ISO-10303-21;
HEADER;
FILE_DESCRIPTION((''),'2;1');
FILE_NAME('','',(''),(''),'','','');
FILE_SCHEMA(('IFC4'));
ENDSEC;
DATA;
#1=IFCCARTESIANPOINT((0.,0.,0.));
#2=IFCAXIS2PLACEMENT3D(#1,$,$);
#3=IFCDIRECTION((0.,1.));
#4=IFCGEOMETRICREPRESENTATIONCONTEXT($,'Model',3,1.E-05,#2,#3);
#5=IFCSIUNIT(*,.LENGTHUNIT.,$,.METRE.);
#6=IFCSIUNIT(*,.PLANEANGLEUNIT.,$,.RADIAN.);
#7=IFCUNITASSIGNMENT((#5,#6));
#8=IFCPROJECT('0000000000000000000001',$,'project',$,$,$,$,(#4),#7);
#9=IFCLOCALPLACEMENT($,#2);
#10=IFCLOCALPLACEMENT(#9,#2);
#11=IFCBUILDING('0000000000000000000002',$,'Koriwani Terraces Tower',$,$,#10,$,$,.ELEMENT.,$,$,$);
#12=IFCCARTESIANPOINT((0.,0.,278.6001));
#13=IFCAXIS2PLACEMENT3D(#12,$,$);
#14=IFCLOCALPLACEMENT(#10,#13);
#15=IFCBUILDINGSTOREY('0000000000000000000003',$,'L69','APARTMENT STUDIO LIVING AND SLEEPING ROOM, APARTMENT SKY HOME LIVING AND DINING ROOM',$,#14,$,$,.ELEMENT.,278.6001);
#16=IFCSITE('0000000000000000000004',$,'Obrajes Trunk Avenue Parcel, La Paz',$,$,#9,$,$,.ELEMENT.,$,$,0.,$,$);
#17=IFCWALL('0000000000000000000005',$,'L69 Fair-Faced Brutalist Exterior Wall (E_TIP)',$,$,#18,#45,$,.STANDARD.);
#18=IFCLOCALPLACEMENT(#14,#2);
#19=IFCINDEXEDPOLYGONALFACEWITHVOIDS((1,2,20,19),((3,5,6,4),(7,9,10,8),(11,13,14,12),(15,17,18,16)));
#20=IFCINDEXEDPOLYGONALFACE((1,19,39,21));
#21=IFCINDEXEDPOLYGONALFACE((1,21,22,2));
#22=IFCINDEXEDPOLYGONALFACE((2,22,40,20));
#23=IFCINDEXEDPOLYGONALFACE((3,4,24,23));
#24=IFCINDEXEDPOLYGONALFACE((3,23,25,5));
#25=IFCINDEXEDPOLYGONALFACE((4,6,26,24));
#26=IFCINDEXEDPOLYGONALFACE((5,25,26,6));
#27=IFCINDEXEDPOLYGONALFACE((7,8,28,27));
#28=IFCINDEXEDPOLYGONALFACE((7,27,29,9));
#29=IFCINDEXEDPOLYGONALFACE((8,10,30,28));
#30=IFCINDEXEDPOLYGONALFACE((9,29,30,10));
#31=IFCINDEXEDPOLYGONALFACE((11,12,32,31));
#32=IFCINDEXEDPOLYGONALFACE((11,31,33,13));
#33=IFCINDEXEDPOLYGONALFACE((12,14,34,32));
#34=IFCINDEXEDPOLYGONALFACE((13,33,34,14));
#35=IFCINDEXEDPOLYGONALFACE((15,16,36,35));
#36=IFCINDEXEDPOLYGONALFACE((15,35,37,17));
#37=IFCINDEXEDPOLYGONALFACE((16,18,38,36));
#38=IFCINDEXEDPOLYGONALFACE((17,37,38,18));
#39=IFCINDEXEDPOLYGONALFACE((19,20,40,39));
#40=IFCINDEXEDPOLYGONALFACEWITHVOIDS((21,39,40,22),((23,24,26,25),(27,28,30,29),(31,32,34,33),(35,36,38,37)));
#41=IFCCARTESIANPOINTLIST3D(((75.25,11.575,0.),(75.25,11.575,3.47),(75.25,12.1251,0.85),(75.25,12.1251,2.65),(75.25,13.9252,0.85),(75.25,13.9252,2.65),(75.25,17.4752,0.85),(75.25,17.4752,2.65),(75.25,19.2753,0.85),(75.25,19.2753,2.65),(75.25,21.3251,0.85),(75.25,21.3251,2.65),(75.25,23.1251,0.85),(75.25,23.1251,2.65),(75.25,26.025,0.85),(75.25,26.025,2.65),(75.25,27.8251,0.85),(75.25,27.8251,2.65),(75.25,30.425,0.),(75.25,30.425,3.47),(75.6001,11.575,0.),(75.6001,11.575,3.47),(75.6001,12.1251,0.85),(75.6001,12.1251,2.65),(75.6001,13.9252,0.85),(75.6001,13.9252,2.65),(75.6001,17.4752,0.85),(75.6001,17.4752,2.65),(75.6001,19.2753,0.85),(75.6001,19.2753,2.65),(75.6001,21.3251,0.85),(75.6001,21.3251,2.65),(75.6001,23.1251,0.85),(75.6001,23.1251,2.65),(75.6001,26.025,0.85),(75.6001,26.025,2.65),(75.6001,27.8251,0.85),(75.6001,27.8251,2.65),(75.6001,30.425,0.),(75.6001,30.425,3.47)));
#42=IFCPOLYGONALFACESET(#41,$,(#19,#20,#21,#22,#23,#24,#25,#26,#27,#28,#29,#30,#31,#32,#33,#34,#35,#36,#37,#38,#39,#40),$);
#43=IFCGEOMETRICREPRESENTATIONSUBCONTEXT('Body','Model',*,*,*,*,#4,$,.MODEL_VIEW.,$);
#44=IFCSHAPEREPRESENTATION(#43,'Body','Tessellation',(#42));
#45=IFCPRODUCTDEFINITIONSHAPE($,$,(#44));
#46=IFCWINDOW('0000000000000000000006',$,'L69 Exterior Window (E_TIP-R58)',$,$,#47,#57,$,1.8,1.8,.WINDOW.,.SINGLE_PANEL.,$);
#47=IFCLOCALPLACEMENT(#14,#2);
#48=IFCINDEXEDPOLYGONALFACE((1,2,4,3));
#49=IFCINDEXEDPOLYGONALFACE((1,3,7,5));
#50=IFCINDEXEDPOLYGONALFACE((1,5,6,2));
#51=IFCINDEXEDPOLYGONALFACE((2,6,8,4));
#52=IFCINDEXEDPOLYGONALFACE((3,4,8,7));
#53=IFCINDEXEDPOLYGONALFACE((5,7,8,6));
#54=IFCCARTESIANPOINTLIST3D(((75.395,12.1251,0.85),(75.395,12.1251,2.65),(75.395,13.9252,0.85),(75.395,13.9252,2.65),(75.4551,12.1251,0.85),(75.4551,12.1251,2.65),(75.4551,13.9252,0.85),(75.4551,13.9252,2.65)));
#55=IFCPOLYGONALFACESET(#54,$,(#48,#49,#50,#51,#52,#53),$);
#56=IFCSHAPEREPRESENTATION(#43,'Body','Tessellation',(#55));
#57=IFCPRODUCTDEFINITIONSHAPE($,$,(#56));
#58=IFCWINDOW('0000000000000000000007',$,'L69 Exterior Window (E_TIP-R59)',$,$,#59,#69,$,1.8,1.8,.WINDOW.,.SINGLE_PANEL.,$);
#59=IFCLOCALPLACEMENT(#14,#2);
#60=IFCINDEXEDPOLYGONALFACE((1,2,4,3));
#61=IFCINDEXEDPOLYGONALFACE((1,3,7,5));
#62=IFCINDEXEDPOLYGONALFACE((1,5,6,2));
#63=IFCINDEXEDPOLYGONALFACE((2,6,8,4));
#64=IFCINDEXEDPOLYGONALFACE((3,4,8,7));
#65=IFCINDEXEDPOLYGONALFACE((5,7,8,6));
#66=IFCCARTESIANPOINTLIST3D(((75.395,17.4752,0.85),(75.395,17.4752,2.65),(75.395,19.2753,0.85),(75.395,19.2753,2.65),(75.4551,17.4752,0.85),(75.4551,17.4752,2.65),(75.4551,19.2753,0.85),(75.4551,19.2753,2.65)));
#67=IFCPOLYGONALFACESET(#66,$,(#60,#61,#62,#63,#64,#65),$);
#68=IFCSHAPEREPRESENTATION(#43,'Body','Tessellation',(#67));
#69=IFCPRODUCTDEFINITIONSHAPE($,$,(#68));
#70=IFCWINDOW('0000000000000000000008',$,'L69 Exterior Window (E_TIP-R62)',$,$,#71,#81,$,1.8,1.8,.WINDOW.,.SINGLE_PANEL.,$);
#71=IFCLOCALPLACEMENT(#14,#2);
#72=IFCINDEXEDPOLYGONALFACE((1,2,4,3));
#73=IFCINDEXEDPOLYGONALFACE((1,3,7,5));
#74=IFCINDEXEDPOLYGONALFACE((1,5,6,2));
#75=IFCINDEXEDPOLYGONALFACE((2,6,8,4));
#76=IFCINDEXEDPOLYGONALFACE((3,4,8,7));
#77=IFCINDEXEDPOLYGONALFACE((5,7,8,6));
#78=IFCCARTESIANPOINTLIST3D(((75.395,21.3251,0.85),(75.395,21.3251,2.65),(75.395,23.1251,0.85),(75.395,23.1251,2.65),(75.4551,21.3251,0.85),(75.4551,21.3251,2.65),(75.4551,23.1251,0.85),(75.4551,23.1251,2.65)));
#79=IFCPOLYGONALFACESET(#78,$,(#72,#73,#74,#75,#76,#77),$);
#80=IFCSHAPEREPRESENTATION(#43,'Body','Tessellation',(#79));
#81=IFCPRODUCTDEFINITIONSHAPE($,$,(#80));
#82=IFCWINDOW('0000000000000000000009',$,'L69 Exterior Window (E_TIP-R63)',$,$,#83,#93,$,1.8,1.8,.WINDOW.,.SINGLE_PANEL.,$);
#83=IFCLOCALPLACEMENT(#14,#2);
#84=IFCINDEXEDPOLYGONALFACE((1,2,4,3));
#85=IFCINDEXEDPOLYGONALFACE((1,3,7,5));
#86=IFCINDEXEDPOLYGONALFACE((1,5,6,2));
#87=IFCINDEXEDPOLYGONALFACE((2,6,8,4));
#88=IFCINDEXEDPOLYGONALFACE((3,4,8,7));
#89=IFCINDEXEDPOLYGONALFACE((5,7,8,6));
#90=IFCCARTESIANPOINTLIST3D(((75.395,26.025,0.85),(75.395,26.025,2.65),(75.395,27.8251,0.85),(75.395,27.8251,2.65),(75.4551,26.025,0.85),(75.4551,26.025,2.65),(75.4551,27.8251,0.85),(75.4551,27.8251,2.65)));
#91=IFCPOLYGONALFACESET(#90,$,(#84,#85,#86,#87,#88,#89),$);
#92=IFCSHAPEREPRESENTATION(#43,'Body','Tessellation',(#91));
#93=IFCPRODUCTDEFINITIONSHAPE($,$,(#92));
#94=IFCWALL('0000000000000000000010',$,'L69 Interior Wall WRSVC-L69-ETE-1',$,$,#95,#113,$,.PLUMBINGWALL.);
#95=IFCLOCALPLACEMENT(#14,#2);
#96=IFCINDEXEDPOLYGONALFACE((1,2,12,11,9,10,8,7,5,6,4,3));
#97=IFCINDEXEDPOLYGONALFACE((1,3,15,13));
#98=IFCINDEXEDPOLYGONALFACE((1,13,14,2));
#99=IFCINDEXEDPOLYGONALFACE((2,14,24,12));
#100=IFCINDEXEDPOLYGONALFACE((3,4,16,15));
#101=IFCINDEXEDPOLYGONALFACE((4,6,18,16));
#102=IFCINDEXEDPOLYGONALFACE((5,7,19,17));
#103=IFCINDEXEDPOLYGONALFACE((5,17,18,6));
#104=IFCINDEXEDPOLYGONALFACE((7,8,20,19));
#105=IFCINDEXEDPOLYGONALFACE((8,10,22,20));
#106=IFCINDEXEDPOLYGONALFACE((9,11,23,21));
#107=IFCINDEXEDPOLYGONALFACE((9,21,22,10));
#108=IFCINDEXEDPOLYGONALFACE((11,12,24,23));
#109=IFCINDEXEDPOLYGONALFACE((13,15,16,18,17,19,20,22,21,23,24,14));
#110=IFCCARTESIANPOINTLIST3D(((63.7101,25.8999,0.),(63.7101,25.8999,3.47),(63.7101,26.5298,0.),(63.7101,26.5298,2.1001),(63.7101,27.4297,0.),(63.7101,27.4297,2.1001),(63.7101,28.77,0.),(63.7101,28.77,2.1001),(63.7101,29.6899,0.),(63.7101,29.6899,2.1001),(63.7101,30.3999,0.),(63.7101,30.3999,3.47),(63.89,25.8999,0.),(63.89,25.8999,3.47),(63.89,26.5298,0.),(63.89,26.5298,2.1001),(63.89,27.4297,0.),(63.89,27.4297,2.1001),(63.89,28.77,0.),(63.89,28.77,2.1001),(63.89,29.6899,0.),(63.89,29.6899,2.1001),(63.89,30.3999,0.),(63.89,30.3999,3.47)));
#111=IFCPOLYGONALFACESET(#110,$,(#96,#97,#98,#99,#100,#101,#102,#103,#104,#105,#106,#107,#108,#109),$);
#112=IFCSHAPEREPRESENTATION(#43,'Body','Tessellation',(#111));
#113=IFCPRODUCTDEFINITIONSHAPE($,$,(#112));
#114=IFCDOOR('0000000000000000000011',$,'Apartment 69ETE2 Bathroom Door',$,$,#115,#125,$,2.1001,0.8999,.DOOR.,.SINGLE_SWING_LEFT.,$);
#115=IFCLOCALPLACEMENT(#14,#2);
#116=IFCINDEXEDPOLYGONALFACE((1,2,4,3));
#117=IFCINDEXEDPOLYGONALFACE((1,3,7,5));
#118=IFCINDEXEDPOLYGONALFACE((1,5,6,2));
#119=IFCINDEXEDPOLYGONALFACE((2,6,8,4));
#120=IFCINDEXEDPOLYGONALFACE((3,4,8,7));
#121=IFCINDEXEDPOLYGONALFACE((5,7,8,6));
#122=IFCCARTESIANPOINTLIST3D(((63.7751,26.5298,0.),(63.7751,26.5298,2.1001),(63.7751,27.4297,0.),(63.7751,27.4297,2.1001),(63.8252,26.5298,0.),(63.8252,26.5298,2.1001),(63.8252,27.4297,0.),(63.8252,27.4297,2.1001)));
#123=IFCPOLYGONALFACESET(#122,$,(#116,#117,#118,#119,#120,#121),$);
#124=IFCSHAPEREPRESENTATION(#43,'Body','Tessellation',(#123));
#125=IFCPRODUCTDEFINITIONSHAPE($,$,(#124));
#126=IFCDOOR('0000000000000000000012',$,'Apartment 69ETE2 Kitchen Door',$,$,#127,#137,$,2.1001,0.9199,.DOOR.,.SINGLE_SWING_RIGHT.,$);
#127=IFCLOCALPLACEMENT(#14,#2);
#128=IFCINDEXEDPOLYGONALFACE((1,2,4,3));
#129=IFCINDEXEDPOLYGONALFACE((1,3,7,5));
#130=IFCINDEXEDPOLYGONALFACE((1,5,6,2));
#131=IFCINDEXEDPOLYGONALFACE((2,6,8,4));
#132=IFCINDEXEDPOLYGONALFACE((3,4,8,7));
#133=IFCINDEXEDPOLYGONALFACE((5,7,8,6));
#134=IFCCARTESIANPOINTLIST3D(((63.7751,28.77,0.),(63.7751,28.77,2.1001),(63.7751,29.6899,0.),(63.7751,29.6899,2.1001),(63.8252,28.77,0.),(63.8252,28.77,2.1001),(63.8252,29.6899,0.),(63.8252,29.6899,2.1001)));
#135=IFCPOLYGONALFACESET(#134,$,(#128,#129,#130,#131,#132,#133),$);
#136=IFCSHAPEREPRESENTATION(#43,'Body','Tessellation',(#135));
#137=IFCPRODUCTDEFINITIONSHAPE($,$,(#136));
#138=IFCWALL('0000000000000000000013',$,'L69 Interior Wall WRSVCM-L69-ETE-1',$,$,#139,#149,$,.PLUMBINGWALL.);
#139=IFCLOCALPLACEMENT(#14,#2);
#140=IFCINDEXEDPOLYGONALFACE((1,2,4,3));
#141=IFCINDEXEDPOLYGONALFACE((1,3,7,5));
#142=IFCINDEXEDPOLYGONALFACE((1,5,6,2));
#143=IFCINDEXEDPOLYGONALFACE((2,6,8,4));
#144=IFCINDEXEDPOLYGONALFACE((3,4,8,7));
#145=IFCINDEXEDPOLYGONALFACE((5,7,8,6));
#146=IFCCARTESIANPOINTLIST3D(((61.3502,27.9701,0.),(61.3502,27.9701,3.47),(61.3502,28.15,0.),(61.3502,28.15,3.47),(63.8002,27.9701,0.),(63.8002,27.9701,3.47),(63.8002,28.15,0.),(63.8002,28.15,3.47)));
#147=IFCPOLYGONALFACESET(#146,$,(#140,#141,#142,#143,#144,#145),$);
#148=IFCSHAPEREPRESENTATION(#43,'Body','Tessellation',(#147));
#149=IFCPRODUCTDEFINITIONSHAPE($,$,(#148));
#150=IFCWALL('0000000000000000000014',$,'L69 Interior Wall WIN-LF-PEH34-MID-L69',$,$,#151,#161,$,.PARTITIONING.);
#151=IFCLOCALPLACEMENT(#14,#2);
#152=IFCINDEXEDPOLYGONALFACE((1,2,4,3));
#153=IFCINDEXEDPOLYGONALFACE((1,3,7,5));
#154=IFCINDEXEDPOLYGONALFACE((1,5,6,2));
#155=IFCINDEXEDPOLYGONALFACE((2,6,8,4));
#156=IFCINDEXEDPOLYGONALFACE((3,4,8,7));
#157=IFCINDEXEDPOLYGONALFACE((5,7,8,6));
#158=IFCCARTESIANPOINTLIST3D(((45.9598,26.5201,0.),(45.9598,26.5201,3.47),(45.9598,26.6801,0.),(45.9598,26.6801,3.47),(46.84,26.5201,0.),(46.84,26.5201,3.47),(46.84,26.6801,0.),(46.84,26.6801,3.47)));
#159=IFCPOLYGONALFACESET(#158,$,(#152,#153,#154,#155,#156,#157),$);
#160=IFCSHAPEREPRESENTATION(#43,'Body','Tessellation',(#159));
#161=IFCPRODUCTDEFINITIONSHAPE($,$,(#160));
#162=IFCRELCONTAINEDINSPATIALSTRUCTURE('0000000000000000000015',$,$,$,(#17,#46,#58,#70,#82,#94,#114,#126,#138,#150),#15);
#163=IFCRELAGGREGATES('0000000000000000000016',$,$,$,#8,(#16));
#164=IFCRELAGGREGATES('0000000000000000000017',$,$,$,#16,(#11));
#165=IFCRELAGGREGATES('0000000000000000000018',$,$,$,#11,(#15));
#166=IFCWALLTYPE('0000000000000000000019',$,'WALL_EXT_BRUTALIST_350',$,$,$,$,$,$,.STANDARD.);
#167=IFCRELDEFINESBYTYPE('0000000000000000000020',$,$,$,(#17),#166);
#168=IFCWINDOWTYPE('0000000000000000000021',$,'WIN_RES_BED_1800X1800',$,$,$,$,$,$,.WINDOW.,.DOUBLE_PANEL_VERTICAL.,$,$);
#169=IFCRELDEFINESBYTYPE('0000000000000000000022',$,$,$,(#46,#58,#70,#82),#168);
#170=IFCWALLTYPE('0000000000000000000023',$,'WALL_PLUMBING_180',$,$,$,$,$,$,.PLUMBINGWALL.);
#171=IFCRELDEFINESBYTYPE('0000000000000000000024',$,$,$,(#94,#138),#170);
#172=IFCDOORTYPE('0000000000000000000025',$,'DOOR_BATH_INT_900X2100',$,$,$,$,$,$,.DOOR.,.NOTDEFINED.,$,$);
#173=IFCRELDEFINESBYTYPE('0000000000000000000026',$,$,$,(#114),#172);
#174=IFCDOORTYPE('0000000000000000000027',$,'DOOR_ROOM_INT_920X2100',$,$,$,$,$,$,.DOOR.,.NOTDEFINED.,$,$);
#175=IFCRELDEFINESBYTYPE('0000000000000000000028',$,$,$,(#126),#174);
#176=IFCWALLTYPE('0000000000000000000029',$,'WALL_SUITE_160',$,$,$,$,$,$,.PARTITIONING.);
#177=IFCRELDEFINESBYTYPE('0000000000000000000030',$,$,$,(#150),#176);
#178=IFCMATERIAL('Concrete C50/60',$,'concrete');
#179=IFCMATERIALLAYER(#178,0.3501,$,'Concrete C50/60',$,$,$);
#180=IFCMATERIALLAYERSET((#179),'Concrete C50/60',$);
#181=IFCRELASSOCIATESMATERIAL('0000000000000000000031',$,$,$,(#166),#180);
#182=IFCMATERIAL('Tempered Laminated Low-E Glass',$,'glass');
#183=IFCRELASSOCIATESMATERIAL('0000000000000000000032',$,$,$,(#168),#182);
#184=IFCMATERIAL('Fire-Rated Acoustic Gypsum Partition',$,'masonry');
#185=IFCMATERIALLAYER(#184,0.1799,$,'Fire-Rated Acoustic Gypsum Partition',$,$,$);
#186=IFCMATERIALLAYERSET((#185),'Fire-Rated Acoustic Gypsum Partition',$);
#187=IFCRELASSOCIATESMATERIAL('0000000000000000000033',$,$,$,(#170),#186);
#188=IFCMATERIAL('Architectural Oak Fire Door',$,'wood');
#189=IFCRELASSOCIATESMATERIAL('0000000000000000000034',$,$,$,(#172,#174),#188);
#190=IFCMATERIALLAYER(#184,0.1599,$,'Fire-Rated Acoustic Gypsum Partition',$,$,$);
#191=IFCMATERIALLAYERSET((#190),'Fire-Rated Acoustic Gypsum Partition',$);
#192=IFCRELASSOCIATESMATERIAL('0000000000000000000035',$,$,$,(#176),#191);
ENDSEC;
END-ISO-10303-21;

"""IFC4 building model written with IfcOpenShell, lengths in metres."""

from ifc_helpers import new_model, si_unit, direction, frame, frame_2d, origin, place, context, subcontext, project, spatial, rectangle, extrude, material, layer, layer_set, type_object, element, fill, save


model = new_model("IFC4")

# Units and contexts
model_context = context("Model", 3, precision=1e-05, world=origin(), true_north=direction((0.0, 1.0)))
body_context = subcontext(model_context, "Body", "Model", "MODEL_VIEW")
ifc_project = project(units=[si_unit("LENGTHUNIT", "METRE"), si_unit("PLANEANGLEUNIT", "RADIAN")], contexts=[model_context])

# Site, building, storey
site_placement = place(None, origin())
site = spatial("IfcSite", under=ifc_project, at=site_placement, Name="Obrajes Trunk Avenue Parcel, La Paz", CompositionType="ELEMENT", RefElevation=0.0)
building_placement = place(site_placement, origin())
building = spatial("IfcBuilding", under=site, at=building_placement, Name="Koriwani Terraces Tower", CompositionType="ELEMENT")
storey_placement = place(building_placement, frame((0.0, 0.0, 278.6001)))
storey = spatial("IfcBuildingStorey", under=building, at=storey_placement, Name="L69", Description="APARTMENT STUDIO LIVING AND SLEEPING ROOM, APARTMENT SKY HOME LIVING AND DINING ROOM", CompositionType="ELEMENT", Elevation=278.6001)

# Shared definitions
ifc_material_1 = material(Name="Concrete C50/60", Category="concrete")

# Shared definitions
ifc_layer_1 = layer(ifc_material_1, 0.3501, Name="Concrete C50/60")
ifc_layer_set_1 = layer_set([ifc_layer_1], Name="Concrete C50/60")
wall_type_1 = type_object("IfcWallType", Name="WALL_EXT_BRUTALIST_350", PredefinedType="STANDARD", material=ifc_layer_set_1)

# Shared definitions
ifc_material_2 = material(Name="Tempered Laminated Low-E Glass", Category="glass")
window_type = type_object("IfcWindowType", Name="WIN_RES_BED_1800X1800", PartitioningType="DOUBLE_PANEL_VERTICAL", PredefinedType="WINDOW", material=ifc_material_2)

# Wall, openings, windows
wall_1_placement = place(storey_placement, frame((75.425, 30.425, 0.0), z_axis=(0.0, 0.0, 1.0), x_axis=(0.0, -1.0, 0.0)))
wall_1 = element("IfcWall", 1, at=wall_1_placement, inside=storey, type_object=wall_type_1, Name="L69 Fair-Faced Brutalist Exterior Wall (E_TIP)", PredefinedType="STANDARD", context=body_context, shape_type="SweptSolid", body=[
    extrude(rectangle(XDim=18.8501, YDim=0.3501, at=frame_2d((9.425, 0.0))), origin(), (0.0, 0.0, 1.0), 3.47),
])
opening_1_placement = place(wall_1_placement, frame((16.5, 0.0, 0.8501)))
opening_1 = element("IfcOpeningElement", 2, at=opening_1_placement, cuts=wall_1, PredefinedType="OPENING", context=body_context, shape_type="SweptSolid", body=[
    extrude(rectangle(XDim=1.8, YDim=1.8, at=frame_2d((0.8999, 0.8999))), frame((0.0, 0.1851, 0.0), z_axis=(0.0, -1.0, 0.0), x_axis=(1.0, 0.0, 0.0)), (0.0, 0.0, 1.0), 0.3701),
])
opening_2_placement = place(wall_1_placement, frame((11.1499, 0.0, 0.8501)))
opening_2 = element("IfcOpeningElement", 3, at=opening_2_placement, cuts=wall_1, PredefinedType="OPENING", context=body_context, shape_type="SweptSolid", body=[
    extrude(rectangle(XDim=1.8, YDim=1.8, at=frame_2d((0.8999, 0.8999))), frame((0.0, 0.1851, 0.0), z_axis=(0.0, -1.0, 0.0), x_axis=(1.0, 0.0, 0.0)), (0.0, 0.0, 1.0), 0.3701),
])
opening_3_placement = place(wall_1_placement, frame((7.3, 0.0, 0.8501)))
opening_3 = element("IfcOpeningElement", 4, at=opening_3_placement, cuts=wall_1, PredefinedType="OPENING", context=body_context, shape_type="SweptSolid", body=[
    extrude(rectangle(XDim=1.8, YDim=1.8, at=frame_2d((0.8999, 0.8999))), frame((0.0, 0.1851, 0.0), z_axis=(0.0, -1.0, 0.0), x_axis=(1.0, 0.0, 0.0)), (0.0, 0.0, 1.0), 0.3701),
])
opening_4_placement = place(wall_1_placement, frame((2.6001, 0.0, 0.8501)))
opening_4 = element("IfcOpeningElement", 5, at=opening_4_placement, cuts=wall_1, PredefinedType="OPENING", context=body_context, shape_type="SweptSolid", body=[
    extrude(rectangle(XDim=1.8, YDim=1.8, at=frame_2d((0.8999, 0.8999))), frame((0.0, 0.1851, 0.0), z_axis=(0.0, -1.0, 0.0), x_axis=(1.0, 0.0, 0.0)), (0.0, 0.0, 1.0), 0.3701),
])
window_1_placement = place(opening_1_placement, origin())
window_1 = element("IfcWindow", 6, at=window_1_placement, inside=storey, type_object=window_type, Name="L69 Exterior Window (E_TIP-R58)", OverallHeight=1.8, OverallWidth=1.8, PartitioningType="SINGLE_PANEL", PredefinedType="WINDOW", context=body_context, shape_type="SweptSolid", body=[
    extrude(rectangle(XDim=1.8, YDim=1.8, at=frame_2d((0.8999, 0.8999))), frame((0.0, 0.03, 0.0), z_axis=(0.0, -1.0, 0.0), x_axis=(1.0, 0.0, 0.0)), (0.0, 0.0, 1.0), 0.0601),
])
fill(opening_1, window_1)
window_2_placement = place(opening_2_placement, origin())
window_2 = element("IfcWindow", 7, at=window_2_placement, inside=storey, type_object=window_type, Name="L69 Exterior Window (E_TIP-R59)", OverallHeight=1.8, OverallWidth=1.8, PartitioningType="SINGLE_PANEL", PredefinedType="WINDOW", context=body_context, shape_type="SweptSolid", body=[
    extrude(rectangle(XDim=1.8, YDim=1.8, at=frame_2d((0.8999, 0.8999))), frame((0.0, 0.03, 0.0), z_axis=(0.0, -1.0, 0.0), x_axis=(1.0, 0.0, 0.0)), (0.0, 0.0, 1.0), 0.0601),
])
fill(opening_2, window_2)
window_3_placement = place(opening_3_placement, origin())
window_3 = element("IfcWindow", 8, at=window_3_placement, inside=storey, type_object=window_type, Name="L69 Exterior Window (E_TIP-R62)", OverallHeight=1.8, OverallWidth=1.8, PartitioningType="SINGLE_PANEL", PredefinedType="WINDOW", context=body_context, shape_type="SweptSolid", body=[
    extrude(rectangle(XDim=1.8, YDim=1.8, at=frame_2d((0.8999, 0.8999))), frame((0.0, 0.03, 0.0), z_axis=(0.0, -1.0, 0.0), x_axis=(1.0, 0.0, 0.0)), (0.0, 0.0, 1.0), 0.0601),
])
fill(opening_3, window_3)
window_4_placement = place(opening_4_placement, origin())
window_4 = element("IfcWindow", 9, at=window_4_placement, inside=storey, type_object=window_type, Name="L69 Exterior Window (E_TIP-R63)", OverallHeight=1.8, OverallWidth=1.8, PartitioningType="SINGLE_PANEL", PredefinedType="WINDOW", context=body_context, shape_type="SweptSolid", body=[
    extrude(rectangle(XDim=1.8, YDim=1.8, at=frame_2d((0.8999, 0.8999))), frame((0.0, 0.03, 0.0), z_axis=(0.0, -1.0, 0.0), x_axis=(1.0, 0.0, 0.0)), (0.0, 0.0, 1.0), 0.0601),
])
fill(opening_4, window_4)

# Wall, openings, doors
ifc_material_3 = material(Name="Fire-Rated Acoustic Gypsum Partition", Category="masonry")
ifc_layer_2 = layer(ifc_material_3, 0.1799, Name="Fire-Rated Acoustic Gypsum Partition")
ifc_layer_set_2 = layer_set([ifc_layer_2], Name="Fire-Rated Acoustic Gypsum Partition")
wall_type_2 = type_object("IfcWallType", Name="WALL_PLUMBING_180", PredefinedType="PLUMBINGWALL", material=ifc_layer_set_2)
wall_2_placement = place(storey_placement, frame((63.8, 25.8999, 0.0), z_axis=(0.0, 0.0, 1.0), x_axis=(0.0, 1.0, 0.0)))
wall_2 = element("IfcWall", 10, at=wall_2_placement, inside=storey, type_object=wall_type_2, Name="L69 Interior Wall WRSVC-L69-ETE-1", PredefinedType="PLUMBINGWALL", context=body_context, shape_type="SweptSolid", body=[
    extrude(rectangle(XDim=4.5, YDim=0.1799, at=frame_2d((2.25, 0.0))), origin(), (0.0, 0.0, 1.0), 3.47),
])
opening_5_placement = place(wall_2_placement, frame((0.6299, 0.0, 0.0)))
opening_5 = element("IfcOpeningElement", 11, at=opening_5_placement, cuts=wall_2, PredefinedType="OPENING", context=body_context, shape_type="SweptSolid", body=[
    extrude(rectangle(XDim=0.8999, YDim=2.1001, at=frame_2d((0.45, 1.05))), frame((0.0, 0.1001, 0.0), z_axis=(0.0, -1.0, 0.0), x_axis=(1.0, 0.0, 0.0)), (0.0, 0.0, 1.0), 0.2),
])
opening_6_placement = place(wall_2_placement, frame((2.8701, 0.0, 0.0)))
opening_6 = element("IfcOpeningElement", 12, at=opening_6_placement, cuts=wall_2, PredefinedType="OPENING", context=body_context, shape_type="SweptSolid", body=[
    extrude(rectangle(XDim=0.9199, YDim=2.1001, at=frame_2d((0.46, 1.05))), frame((0.0, 0.1001, 0.0), z_axis=(0.0, -1.0, 0.0), x_axis=(1.0, 0.0, 0.0)), (0.0, 0.0, 1.0), 0.2),
])
ifc_material_4 = material(Name="Architectural Oak Fire Door", Category="wood")
door_type_1 = type_object("IfcDoorType", Name="DOOR_BATH_INT_900X2100", OperationType="NOTDEFINED", PredefinedType="DOOR", material=ifc_material_4)
door_1_placement = place(opening_5_placement, origin())
door_1 = element("IfcDoor", 13, at=door_1_placement, inside=storey, type_object=door_type_1, Name="Apartment 69ETE2 Bathroom Door", OperationType="SINGLE_SWING_LEFT", OverallHeight=2.1001, OverallWidth=0.8999, PredefinedType="DOOR", context=body_context, shape_type="SweptSolid", body=[
    extrude(rectangle(XDim=0.8999, YDim=2.1001, at=frame_2d((0.45, 1.05))), frame((0.0, 0.0249, 0.0), z_axis=(0.0, -1.0, 0.0), x_axis=(1.0, 0.0, 0.0)), (0.0, 0.0, 1.0), 0.05),
])
fill(opening_5, door_1)
door_type_2 = type_object("IfcDoorType", Name="DOOR_ROOM_INT_920X2100", OperationType="NOTDEFINED", PredefinedType="DOOR", material=ifc_material_4)
door_2_placement = place(opening_6_placement, origin())
door_2 = element("IfcDoor", 14, at=door_2_placement, inside=storey, type_object=door_type_2, Name="Apartment 69ETE2 Kitchen Door", OperationType="SINGLE_SWING_RIGHT", OverallHeight=2.1001, OverallWidth=0.9199, PredefinedType="DOOR", context=body_context, shape_type="SweptSolid", body=[
    extrude(rectangle(XDim=0.9199, YDim=2.1001, at=frame_2d((0.46, 1.05))), frame((0.0, 0.0249, 0.0), z_axis=(0.0, -1.0, 0.0), x_axis=(1.0, 0.0, 0.0)), (0.0, 0.0, 1.0), 0.05),
])
fill(opening_6, door_2)

# Wall
wall_3_placement = place(storey_placement, frame((61.3501, 28.0601, 0.0), z_axis=(0.0, 0.0, 1.0), x_axis=(1.0, 0.0, 0.0)))
element("IfcWall", 15, at=wall_3_placement, inside=storey, type_object=wall_type_2, Name="L69 Interior Wall WRSVCM-L69-ETE-1", PredefinedType="PLUMBINGWALL", context=body_context, shape_type="SweptSolid", body=[
    extrude(rectangle(XDim=2.45, YDim=0.1799, at=frame_2d((1.2251, 0.0))), origin(), (0.0, 0.0, 1.0), 3.47),
])

# Wall
ifc_layer_3 = layer(ifc_material_3, 0.1599, Name="Fire-Rated Acoustic Gypsum Partition")
ifc_layer_set_3 = layer_set([ifc_layer_3], Name="Fire-Rated Acoustic Gypsum Partition")
wall_type_3 = type_object("IfcWallType", Name="WALL_SUITE_160", PredefinedType="PARTITIONING", material=ifc_layer_set_3)
wall_4_placement = place(storey_placement, frame((45.96, 26.6001, 0.0), z_axis=(0.0, 0.0, 1.0), x_axis=(1.0, 0.0, 0.0)))
element("IfcWall", 16, at=wall_4_placement, inside=storey, type_object=wall_type_3, Name="L69 Interior Wall WIN-LF-PEH34-MID-L69", PredefinedType="PARTITIONING", context=body_context, shape_type="SweptSolid", body=[
    extrude(rectangle(XDim=0.8801, YDim=0.1599, at=frame_2d((0.4399, 0.0))), origin(), (0.0, 0.0, 1.0), 3.47),
])

save(model, "model.ifc")
